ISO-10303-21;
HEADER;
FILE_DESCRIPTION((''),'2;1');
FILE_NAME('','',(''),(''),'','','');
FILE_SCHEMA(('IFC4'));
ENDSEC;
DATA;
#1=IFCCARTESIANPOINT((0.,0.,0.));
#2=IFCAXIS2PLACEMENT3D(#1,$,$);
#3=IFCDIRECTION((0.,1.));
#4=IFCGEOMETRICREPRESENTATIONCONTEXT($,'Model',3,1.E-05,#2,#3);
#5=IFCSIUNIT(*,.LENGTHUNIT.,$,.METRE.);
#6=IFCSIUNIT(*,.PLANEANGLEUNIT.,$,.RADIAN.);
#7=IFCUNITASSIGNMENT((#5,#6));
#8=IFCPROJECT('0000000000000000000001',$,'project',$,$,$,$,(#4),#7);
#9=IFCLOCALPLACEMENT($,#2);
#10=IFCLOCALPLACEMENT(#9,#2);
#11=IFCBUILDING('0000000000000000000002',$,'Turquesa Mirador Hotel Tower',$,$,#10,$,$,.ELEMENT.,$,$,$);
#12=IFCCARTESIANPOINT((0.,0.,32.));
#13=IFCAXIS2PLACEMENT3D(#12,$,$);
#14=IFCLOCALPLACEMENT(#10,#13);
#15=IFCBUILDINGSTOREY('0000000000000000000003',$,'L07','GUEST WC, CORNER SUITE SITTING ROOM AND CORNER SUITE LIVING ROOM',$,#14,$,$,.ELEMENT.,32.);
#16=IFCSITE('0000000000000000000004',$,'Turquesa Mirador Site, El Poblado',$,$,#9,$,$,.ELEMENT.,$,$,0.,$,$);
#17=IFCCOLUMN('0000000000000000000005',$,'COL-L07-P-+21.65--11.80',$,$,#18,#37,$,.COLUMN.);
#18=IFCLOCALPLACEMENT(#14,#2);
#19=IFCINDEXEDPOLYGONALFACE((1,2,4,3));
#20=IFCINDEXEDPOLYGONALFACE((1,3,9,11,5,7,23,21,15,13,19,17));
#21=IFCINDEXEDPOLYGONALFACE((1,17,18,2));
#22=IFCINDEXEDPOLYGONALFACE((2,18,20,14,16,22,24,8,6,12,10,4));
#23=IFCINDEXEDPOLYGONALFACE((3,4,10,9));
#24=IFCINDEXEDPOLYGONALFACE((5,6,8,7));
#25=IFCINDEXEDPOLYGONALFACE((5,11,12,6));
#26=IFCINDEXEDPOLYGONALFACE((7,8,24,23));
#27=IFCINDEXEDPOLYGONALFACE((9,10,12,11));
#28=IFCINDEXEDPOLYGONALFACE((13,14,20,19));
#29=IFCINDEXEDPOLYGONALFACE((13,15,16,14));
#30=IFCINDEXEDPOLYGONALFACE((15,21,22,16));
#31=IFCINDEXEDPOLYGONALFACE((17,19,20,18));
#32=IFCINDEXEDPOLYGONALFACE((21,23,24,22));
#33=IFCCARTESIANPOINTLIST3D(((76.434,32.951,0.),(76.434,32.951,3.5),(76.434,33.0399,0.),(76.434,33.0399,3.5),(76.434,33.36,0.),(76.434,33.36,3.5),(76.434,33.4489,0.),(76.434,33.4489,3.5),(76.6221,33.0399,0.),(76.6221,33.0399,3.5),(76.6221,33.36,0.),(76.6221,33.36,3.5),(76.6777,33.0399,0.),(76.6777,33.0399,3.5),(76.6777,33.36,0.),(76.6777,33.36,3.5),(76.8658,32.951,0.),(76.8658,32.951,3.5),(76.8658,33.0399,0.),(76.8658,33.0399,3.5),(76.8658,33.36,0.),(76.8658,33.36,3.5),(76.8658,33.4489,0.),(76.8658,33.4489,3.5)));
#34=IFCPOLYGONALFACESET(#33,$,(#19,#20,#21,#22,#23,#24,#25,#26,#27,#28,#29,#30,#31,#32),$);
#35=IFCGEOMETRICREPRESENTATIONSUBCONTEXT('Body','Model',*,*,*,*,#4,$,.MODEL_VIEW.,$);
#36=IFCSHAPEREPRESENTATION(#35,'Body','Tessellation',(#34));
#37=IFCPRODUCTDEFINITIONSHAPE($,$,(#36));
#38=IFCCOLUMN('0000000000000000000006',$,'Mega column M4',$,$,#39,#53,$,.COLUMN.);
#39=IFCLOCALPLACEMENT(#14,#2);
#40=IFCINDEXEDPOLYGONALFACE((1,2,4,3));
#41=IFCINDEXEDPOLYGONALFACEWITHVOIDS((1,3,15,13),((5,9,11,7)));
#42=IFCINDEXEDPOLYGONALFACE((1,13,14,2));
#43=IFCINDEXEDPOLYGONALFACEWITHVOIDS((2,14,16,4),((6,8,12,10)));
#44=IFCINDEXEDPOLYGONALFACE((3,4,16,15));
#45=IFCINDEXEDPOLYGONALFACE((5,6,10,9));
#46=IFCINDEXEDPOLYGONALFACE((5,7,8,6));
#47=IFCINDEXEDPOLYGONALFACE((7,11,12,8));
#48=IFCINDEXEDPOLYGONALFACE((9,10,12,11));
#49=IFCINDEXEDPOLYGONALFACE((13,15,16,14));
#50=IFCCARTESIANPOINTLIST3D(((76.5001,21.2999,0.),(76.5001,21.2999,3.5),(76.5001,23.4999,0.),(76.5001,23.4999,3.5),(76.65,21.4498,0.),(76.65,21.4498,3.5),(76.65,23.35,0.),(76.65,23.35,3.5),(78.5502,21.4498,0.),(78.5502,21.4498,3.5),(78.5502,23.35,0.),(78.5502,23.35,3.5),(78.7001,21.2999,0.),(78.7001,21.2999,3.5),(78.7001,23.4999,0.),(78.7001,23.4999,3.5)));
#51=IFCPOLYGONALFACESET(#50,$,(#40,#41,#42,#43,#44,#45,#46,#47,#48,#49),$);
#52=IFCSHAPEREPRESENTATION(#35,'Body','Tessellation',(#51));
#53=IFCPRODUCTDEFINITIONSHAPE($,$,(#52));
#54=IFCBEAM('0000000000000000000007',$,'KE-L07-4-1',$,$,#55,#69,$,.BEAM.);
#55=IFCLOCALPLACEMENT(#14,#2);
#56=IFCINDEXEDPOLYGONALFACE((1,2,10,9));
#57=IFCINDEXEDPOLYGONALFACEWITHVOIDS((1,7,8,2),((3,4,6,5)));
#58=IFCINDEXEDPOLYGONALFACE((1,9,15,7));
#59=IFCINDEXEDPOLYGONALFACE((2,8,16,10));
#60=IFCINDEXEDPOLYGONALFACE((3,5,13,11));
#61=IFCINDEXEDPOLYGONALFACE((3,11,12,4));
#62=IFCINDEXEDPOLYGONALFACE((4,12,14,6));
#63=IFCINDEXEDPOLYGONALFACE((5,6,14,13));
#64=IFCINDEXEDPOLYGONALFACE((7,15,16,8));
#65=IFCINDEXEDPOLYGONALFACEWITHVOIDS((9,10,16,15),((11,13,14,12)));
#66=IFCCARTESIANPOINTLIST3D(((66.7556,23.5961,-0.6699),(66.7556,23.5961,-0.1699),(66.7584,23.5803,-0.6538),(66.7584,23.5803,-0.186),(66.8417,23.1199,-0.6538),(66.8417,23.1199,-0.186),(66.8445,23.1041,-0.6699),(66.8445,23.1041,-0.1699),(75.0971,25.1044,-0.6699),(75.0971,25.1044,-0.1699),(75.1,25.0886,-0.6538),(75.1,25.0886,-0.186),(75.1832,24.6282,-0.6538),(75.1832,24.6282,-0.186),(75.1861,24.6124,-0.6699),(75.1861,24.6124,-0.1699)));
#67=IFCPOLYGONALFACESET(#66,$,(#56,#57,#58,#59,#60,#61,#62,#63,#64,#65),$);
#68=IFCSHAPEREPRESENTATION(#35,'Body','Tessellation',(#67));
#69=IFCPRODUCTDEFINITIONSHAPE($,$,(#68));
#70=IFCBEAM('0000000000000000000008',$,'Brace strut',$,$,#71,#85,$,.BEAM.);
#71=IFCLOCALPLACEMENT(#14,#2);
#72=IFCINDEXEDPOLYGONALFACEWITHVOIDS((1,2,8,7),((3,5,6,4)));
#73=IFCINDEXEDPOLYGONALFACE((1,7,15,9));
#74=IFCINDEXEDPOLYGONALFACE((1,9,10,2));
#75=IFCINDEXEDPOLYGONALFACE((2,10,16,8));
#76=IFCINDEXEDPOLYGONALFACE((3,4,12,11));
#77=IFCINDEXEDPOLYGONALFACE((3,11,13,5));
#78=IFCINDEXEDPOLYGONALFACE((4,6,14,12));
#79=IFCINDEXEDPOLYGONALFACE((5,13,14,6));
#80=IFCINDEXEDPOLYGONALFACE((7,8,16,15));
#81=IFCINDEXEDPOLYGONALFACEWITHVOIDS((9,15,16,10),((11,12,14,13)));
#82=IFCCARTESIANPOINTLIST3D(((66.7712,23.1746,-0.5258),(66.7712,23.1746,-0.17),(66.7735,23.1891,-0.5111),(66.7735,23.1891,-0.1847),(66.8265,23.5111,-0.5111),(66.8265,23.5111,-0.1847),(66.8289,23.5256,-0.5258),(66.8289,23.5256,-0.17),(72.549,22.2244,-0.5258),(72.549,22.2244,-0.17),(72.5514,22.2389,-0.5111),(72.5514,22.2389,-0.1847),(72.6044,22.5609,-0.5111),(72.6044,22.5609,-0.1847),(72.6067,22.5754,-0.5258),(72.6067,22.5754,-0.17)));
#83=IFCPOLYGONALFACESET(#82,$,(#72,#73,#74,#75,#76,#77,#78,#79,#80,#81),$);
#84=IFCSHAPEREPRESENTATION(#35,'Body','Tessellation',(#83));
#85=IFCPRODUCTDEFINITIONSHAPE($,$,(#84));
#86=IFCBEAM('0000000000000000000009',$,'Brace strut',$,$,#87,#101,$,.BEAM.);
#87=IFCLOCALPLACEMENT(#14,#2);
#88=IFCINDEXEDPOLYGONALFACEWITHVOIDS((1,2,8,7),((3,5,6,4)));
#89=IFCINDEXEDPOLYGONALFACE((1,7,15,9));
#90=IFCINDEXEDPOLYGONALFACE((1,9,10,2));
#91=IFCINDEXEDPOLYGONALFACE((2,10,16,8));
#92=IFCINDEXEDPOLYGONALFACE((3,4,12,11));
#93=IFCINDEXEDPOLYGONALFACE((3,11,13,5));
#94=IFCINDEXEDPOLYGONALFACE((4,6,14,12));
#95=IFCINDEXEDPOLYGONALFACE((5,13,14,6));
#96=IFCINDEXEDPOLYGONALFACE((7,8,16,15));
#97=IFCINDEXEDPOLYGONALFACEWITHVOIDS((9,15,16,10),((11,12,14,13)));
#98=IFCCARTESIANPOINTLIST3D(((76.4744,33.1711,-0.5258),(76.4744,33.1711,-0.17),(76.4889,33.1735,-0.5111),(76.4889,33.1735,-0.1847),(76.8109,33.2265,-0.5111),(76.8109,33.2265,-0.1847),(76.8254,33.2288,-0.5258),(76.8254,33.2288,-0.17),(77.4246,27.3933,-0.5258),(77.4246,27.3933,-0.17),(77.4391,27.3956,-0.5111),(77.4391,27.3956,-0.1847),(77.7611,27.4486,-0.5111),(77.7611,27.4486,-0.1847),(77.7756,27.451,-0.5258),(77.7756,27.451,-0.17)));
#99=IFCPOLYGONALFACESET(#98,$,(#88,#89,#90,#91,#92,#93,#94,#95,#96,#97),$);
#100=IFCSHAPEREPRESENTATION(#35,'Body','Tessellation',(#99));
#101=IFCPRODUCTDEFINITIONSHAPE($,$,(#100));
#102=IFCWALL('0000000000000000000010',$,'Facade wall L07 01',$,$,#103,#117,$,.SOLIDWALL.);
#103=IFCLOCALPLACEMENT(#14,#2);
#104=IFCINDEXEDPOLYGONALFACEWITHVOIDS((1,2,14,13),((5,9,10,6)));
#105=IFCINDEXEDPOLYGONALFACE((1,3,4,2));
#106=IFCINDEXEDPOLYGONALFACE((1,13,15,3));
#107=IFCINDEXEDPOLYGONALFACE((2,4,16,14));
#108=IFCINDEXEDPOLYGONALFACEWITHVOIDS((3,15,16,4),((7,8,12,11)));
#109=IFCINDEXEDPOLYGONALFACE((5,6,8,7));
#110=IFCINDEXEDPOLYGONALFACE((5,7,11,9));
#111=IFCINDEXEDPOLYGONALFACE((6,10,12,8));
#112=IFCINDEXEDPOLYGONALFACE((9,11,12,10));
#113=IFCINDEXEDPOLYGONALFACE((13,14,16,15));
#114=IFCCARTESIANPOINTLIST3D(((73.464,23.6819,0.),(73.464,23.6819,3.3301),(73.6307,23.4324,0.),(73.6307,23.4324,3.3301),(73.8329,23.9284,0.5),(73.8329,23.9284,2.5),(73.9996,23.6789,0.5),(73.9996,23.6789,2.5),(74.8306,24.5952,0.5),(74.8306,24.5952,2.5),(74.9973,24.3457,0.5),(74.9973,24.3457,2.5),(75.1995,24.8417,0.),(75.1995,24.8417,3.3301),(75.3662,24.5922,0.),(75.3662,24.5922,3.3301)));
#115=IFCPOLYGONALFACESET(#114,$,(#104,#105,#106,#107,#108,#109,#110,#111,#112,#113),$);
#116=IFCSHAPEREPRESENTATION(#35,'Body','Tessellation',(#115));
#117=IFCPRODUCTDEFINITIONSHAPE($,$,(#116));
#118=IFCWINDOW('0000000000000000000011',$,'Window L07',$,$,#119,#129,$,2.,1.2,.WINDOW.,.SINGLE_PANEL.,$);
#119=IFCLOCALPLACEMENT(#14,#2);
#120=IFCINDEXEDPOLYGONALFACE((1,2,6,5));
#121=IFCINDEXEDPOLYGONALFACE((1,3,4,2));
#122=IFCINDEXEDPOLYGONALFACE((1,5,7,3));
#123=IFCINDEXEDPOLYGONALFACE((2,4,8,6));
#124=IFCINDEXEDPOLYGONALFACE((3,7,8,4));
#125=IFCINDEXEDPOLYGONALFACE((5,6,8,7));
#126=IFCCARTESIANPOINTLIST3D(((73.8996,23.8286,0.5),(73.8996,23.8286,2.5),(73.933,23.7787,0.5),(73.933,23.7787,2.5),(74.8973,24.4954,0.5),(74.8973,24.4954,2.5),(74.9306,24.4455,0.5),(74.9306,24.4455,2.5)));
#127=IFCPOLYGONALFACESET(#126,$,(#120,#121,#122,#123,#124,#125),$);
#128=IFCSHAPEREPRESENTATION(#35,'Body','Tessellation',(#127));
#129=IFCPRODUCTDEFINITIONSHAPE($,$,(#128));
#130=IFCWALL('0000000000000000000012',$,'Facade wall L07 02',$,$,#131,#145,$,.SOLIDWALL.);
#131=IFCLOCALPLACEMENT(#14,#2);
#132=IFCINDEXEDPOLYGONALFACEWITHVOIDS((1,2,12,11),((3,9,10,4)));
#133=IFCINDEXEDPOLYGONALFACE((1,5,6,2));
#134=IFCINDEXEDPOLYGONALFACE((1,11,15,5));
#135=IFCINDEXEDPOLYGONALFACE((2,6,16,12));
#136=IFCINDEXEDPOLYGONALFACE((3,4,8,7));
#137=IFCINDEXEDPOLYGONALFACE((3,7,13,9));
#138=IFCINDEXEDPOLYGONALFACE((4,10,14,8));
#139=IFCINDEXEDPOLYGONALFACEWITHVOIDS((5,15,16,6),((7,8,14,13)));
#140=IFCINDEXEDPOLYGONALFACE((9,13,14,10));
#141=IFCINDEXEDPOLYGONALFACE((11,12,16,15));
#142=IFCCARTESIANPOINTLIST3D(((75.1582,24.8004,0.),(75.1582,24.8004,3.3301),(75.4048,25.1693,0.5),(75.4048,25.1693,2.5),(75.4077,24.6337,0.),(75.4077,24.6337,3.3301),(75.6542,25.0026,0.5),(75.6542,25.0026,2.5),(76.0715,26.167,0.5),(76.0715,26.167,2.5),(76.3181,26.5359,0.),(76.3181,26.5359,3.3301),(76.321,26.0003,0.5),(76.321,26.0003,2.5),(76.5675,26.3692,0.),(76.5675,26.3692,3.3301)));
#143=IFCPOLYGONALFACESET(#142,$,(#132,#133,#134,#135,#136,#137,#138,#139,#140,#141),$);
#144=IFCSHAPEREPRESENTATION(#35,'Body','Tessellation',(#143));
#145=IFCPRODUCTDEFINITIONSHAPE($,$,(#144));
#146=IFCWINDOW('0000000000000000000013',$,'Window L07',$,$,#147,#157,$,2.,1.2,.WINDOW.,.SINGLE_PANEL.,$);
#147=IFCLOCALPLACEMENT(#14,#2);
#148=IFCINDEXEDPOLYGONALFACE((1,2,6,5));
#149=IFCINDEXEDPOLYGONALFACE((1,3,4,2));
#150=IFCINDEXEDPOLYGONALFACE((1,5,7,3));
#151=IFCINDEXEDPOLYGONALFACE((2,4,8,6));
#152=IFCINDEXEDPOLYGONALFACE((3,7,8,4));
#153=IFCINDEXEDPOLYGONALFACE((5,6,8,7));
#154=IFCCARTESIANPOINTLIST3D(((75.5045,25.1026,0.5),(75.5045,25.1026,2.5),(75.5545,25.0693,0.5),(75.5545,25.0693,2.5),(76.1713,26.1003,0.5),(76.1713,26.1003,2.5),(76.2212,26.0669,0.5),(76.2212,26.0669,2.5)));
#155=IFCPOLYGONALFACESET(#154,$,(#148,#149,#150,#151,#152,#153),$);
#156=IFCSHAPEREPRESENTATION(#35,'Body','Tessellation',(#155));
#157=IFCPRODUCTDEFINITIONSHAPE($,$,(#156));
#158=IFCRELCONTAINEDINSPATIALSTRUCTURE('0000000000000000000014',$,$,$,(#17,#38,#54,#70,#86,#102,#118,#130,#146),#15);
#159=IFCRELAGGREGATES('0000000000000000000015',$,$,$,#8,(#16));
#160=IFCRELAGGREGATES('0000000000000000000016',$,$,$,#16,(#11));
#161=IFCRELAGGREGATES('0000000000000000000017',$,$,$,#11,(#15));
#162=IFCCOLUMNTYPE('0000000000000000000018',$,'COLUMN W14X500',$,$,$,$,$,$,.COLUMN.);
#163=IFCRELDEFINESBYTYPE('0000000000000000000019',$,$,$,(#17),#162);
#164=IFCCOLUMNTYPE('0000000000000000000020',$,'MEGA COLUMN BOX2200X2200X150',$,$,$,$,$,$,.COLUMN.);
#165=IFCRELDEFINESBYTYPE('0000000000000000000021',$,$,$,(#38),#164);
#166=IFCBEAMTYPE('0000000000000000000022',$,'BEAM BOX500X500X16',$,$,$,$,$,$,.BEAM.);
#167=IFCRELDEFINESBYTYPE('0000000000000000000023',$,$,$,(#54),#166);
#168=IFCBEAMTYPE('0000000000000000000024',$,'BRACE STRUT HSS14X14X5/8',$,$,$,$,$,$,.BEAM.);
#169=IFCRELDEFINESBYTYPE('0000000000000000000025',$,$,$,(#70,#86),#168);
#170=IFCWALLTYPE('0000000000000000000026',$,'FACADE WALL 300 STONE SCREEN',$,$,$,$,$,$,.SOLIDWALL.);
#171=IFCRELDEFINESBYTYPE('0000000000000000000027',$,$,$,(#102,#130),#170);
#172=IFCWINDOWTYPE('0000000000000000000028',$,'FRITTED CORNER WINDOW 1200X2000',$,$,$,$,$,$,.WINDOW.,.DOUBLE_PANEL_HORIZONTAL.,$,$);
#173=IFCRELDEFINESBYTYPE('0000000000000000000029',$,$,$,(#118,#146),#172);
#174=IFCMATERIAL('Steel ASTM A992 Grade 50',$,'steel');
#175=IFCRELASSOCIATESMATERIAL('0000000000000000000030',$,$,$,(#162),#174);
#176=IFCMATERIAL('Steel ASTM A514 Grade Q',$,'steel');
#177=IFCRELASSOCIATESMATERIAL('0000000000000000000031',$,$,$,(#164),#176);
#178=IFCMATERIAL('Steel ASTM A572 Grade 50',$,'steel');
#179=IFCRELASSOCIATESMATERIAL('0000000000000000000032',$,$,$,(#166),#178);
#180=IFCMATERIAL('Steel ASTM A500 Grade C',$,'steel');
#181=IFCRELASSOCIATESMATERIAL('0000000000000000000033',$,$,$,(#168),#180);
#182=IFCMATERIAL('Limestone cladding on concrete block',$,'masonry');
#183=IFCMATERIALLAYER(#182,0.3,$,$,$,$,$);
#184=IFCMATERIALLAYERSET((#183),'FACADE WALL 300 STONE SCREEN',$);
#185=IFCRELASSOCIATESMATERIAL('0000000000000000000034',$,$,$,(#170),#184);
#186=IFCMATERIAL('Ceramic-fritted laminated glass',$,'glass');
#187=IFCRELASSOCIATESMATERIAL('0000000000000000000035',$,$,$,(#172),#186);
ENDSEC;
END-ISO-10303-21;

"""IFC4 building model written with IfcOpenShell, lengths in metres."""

from ifc_helpers import new_model, si_unit, direction, frame, frame_2d, origin, origin_2d, place, context, subcontext, project, spatial, rectangle, hollow_rectangle, i_section, extrude, material, layer, layer_set, material_profile, profile_set, type_object, element, fill, save


model = new_model("IFC4")

# Units and contexts
model_context = context("Model", 3, precision=1e-05, world=origin(), true_north=direction((0.0, 1.0)))
body_context = subcontext(model_context, "Body", "Model", "MODEL_VIEW")
ifc_project = project(units=[si_unit("LENGTHUNIT", "METRE"), si_unit("PLANEANGLEUNIT", "RADIAN")], contexts=[model_context])

# Site, building, storey
site_placement = place(None, origin())
site = spatial("IfcSite", under=ifc_project, at=site_placement, Name="Turquesa Mirador Site, El Poblado", CompositionType="ELEMENT", RefElevation=0.0)
building_placement = place(site_placement, origin())
building = spatial("IfcBuilding", under=site, at=building_placement, Name="Turquesa Mirador Hotel Tower", CompositionType="ELEMENT")
storey_placement = place(building_placement, frame((0.0, 0.0, 32.0)))
storey = spatial("IfcBuildingStorey", under=building, at=storey_placement, Name="L07", Description="GUEST WC, CORNER SUITE SITTING ROOM AND CORNER SUITE LIVING ROOM", CompositionType="ELEMENT", Elevation=32.0)

# Columns
ifc_material_1 = material(Name="Steel ASTM A992 Grade 50", Category="steel")
ifc_material_profile_1 = material_profile(ifc_material_1, i_section(OverallWidth=0.4319, OverallDepth=0.4978, WebThickness=0.0557, FlangeThickness=0.0889, at=origin_2d()), Name="W14X500")
ifc_profile_set_1 = profile_set([ifc_material_profile_1], Name="Steel ASTM A992 Grade 50")
column_type_1 = type_object("IfcColumnType", Name="COLUMN W14X500", PredefinedType="COLUMN", material=ifc_profile_set_1)
column_1_placement = place(storey_placement, frame((76.6499, 33.2, 0.0), z_axis=(0.0, 0.0, 1.0), x_axis=(1.0, 0.0, 0.0)))
element("IfcColumn", 1, at=column_1_placement, inside=storey, type_object=column_type_1, Name="COL-L07-P-+21.65--11.80", PredefinedType="COLUMN", context=body_context, shape_type="SweptSolid", body=[
    extrude(i_section(OverallWidth=0.4319, OverallDepth=0.4978, WebThickness=0.0557, FlangeThickness=0.0889, at=origin_2d()), origin(), (0.0, 0.0, 1.0), 3.5),
])
ifc_material_2 = material(Name="Steel ASTM A514 Grade Q", Category="steel")
ifc_material_profile_2 = material_profile(ifc_material_2, hollow_rectangle(XDim=2.2, YDim=2.2, WallThickness=0.1499, at=origin_2d()), Name="BOX2200X2200X150")
ifc_profile_set_2 = profile_set([ifc_material_profile_2], Name="Steel ASTM A514 Grade Q")
column_type_2 = type_object("IfcColumnType", Name="MEGA COLUMN BOX2200X2200X150", PredefinedType="COLUMN", material=ifc_profile_set_2)
column_2_placement = place(storey_placement, frame((77.6001, 22.3999, 0.0), z_axis=(0.0, 0.0, 1.0), x_axis=(1.0, 0.0, 0.0)))
element("IfcColumn", 2, at=column_2_placement, inside=storey, type_object=column_type_2, Name="Mega column M4", PredefinedType="COLUMN", context=body_context, shape_type="SweptSolid", body=[
    extrude(hollow_rectangle(XDim=2.2, YDim=2.2, WallThickness=0.1499, at=origin_2d()), origin(), (0.0, 0.0, 1.0), 3.5),
])

# Beams
ifc_material_3 = material(Name="Steel ASTM A572 Grade 50", Category="steel")
ifc_material_profile_3 = material_profile(ifc_material_3, hollow_rectangle(XDim=0.5, YDim=0.5, WallThickness=0.0161, at=origin_2d()), Name="BOX500X500X16")
ifc_profile_set_3 = profile_set([ifc_material_profile_3], Name="Steel ASTM A572 Grade 50")
beam_type_1 = type_object("IfcBeamType", Name="BEAM BOX500X500X16", PredefinedType="BEAM", material=ifc_profile_set_3)
beam_placement = place(storey_placement, frame((75.1416, 24.8584, -0.4199), z_axis=(-0.984043, -0.177932, 0.0), x_axis=(0.177932, -0.984043, 0.0)))
element("IfcBeam", 3, at=beam_placement, inside=storey, type_object=beam_type_1, Name="KE-L07-4-1", PredefinedType="BEAM", context=body_context, shape_type="SweptSolid", body=[
    extrude(hollow_rectangle(XDim=0.5, YDim=0.5, WallThickness=0.0161, at=origin_2d()), origin(), (0.0, 0.0, 1.0), 8.4768),
])
ifc_material_4 = material(Name="Steel ASTM A500 Grade C", Category="steel")
ifc_material_profile_4 = material_profile(ifc_material_4, hollow_rectangle(XDim=0.3557, YDim=0.3557, WallThickness=0.0146, at=origin_2d()), Name="HSS14X14X5/8")
ifc_profile_set_4 = profile_set([ifc_material_profile_4], Name="Steel ASTM A500 Grade C")
beam_type_2 = type_object("IfcBeamType", Name="BRACE STRUT HSS14X14X5/8", PredefinedType="BEAM", material=ifc_profile_set_4)
for number, where, z_axis, x_axis, name in (
    (4, (72.5779, 22.3999, -0.3479), (-0.986745, 0.162276, 0.0), (-0.162276, -0.986745, 0.0), "Brace strut"),
    (5, (77.6001, 27.4221, -0.3479), (-0.162276, 0.986745, 0.0), (-0.986745, -0.162276, 0.0), "Brace strut"),
):
    element("IfcBeam", number, at=place(storey_placement, frame(where, z_axis=z_axis, x_axis=x_axis)), inside=storey, type_object=beam_type_2, Name=name, PredefinedType="BEAM", context=body_context, shape_type="SweptSolid", body=[
        extrude(hollow_rectangle(XDim=0.3557, YDim=0.3557, WallThickness=0.0146, at=origin_2d()), origin(), (0.0, 0.0, 1.0), 5.8555),
    ])

# Walls, openings, windows
ifc_material_5 = material(Name="Limestone cladding on concrete block", Category="masonry")
ifc_layer = layer(ifc_material_5, 0.3)
ifc_layer_set = layer_set([ifc_layer], Name="FACADE WALL 300 STONE SCREEN")
wall_type = type_object("IfcWallType", Name="FACADE WALL 300 STONE SCREEN", PredefinedType="SOLIDWALL", material=ifc_layer_set)
wall_1_placement = place(storey_placement, frame((73.5474, 23.5571, 0.0), z_axis=(0.0, 0.0, 1.0), x_axis=(0.83142, 0.555644, 0.0)))
wall_1 = element("IfcWall", 6, at=wall_1_placement, inside=storey, type_object=wall_type, Name="Facade wall L07 01", PredefinedType="SOLIDWALL", context=body_context, shape_type="SweptSolid", body=[
    extrude(rectangle(XDim=2.0874, YDim=0.3, at=frame_2d((1.0437, 0.0))), origin(), (0.0, 0.0, 1.0), 3.3301),
])
opening_1_placement = place(wall_1_placement, frame((0.4436, 0.0, 0.5)))
opening_1 = element("IfcOpeningElement", 7, at=opening_1_placement, cuts=wall_1, PredefinedType="OPENING", context=body_context, shape_type="SweptSolid", body=[
    extrude(rectangle(XDim=1.2, YDim=2.0, at=frame_2d((0.6001, 1.0))), frame((0.0, 0.1599, 0.0), z_axis=(0.0, -1.0, 0.0), x_axis=(1.0, 0.0, 0.0)), (0.0, 0.0, 1.0), 0.3201),
])
ifc_material_6 = material(Name="Ceramic-fritted laminated glass", Category="glass")
window_type_1 = type_object("IfcWindowType", Name="FRITTED CORNER WINDOW 1200X2000", PartitioningType="DOUBLE_PANEL_HORIZONTAL", PredefinedType="WINDOW", material=ifc_material_6)
window_1_placement = place(opening_1_placement, origin())
window_1 = element("IfcWindow", 8, at=window_1_placement, inside=storey, type_object=window_type_1, Name="Window L07", OverallHeight=2.0, OverallWidth=1.2, PartitioningType="SINGLE_PANEL", PredefinedType="WINDOW", context=body_context, shape_type="SweptSolid", body=[
    extrude(rectangle(XDim=1.2, YDim=2.0, at=frame_2d((0.6001, 1.0))), frame((0.0, 0.03, 0.0), z_axis=(0.0, -1.0, 0.0), x_axis=(1.0, 0.0, 0.0)), (0.0, 0.0, 1.0), 0.0601),
])
fill(opening_1, window_1)
wall_2_placement = place(storey_placement, frame((75.283, 24.717, 0.0), z_axis=(0.0, 0.0, 1.0), x_axis=(0.555644, 0.83142, 0.0)))
wall_2 = element("IfcWall", 9, at=wall_2_placement, inside=storey, type_object=wall_type, Name="Facade wall L07 02", PredefinedType="SOLIDWALL", context=body_context, shape_type="SweptSolid", body=[
    extrude(rectangle(XDim=2.0874, YDim=0.3, at=frame_2d((1.0437, 0.0))), origin(), (0.0, 0.0, 1.0), 3.3301),
])
opening_2_placement = place(wall_2_placement, frame((0.4436, 0.0, 0.5)))
opening_2 = element("IfcOpeningElement", 10, at=opening_2_placement, cuts=wall_2, PredefinedType="OPENING", context=body_context, shape_type="SweptSolid", body=[
    extrude(rectangle(XDim=1.2, YDim=2.0, at=frame_2d((0.6001, 1.0))), frame((0.0, 0.1599, 0.0), z_axis=(0.0, -1.0, 0.0), x_axis=(1.0, 0.0, 0.0)), (0.0, 0.0, 1.0), 0.3201),
])
window_2_placement = place(opening_2_placement, origin())
window_2 = element("IfcWindow", 11, at=window_2_placement, inside=storey, type_object=window_type_1, Name="Window L07", OverallHeight=2.0, OverallWidth=1.2, PartitioningType="SINGLE_PANEL", PredefinedType="WINDOW", context=body_context, shape_type="SweptSolid", body=[
    extrude(rectangle(XDim=1.2, YDim=2.0, at=frame_2d((0.6001, 1.0))), frame((0.0, 0.03, 0.0), z_axis=(0.0, -1.0, 0.0), x_axis=(1.0, 0.0, 0.0)), (0.0, 0.0, 1.0), 0.0601),
])
fill(opening_2, window_2)

save(model, "model.ifc")
